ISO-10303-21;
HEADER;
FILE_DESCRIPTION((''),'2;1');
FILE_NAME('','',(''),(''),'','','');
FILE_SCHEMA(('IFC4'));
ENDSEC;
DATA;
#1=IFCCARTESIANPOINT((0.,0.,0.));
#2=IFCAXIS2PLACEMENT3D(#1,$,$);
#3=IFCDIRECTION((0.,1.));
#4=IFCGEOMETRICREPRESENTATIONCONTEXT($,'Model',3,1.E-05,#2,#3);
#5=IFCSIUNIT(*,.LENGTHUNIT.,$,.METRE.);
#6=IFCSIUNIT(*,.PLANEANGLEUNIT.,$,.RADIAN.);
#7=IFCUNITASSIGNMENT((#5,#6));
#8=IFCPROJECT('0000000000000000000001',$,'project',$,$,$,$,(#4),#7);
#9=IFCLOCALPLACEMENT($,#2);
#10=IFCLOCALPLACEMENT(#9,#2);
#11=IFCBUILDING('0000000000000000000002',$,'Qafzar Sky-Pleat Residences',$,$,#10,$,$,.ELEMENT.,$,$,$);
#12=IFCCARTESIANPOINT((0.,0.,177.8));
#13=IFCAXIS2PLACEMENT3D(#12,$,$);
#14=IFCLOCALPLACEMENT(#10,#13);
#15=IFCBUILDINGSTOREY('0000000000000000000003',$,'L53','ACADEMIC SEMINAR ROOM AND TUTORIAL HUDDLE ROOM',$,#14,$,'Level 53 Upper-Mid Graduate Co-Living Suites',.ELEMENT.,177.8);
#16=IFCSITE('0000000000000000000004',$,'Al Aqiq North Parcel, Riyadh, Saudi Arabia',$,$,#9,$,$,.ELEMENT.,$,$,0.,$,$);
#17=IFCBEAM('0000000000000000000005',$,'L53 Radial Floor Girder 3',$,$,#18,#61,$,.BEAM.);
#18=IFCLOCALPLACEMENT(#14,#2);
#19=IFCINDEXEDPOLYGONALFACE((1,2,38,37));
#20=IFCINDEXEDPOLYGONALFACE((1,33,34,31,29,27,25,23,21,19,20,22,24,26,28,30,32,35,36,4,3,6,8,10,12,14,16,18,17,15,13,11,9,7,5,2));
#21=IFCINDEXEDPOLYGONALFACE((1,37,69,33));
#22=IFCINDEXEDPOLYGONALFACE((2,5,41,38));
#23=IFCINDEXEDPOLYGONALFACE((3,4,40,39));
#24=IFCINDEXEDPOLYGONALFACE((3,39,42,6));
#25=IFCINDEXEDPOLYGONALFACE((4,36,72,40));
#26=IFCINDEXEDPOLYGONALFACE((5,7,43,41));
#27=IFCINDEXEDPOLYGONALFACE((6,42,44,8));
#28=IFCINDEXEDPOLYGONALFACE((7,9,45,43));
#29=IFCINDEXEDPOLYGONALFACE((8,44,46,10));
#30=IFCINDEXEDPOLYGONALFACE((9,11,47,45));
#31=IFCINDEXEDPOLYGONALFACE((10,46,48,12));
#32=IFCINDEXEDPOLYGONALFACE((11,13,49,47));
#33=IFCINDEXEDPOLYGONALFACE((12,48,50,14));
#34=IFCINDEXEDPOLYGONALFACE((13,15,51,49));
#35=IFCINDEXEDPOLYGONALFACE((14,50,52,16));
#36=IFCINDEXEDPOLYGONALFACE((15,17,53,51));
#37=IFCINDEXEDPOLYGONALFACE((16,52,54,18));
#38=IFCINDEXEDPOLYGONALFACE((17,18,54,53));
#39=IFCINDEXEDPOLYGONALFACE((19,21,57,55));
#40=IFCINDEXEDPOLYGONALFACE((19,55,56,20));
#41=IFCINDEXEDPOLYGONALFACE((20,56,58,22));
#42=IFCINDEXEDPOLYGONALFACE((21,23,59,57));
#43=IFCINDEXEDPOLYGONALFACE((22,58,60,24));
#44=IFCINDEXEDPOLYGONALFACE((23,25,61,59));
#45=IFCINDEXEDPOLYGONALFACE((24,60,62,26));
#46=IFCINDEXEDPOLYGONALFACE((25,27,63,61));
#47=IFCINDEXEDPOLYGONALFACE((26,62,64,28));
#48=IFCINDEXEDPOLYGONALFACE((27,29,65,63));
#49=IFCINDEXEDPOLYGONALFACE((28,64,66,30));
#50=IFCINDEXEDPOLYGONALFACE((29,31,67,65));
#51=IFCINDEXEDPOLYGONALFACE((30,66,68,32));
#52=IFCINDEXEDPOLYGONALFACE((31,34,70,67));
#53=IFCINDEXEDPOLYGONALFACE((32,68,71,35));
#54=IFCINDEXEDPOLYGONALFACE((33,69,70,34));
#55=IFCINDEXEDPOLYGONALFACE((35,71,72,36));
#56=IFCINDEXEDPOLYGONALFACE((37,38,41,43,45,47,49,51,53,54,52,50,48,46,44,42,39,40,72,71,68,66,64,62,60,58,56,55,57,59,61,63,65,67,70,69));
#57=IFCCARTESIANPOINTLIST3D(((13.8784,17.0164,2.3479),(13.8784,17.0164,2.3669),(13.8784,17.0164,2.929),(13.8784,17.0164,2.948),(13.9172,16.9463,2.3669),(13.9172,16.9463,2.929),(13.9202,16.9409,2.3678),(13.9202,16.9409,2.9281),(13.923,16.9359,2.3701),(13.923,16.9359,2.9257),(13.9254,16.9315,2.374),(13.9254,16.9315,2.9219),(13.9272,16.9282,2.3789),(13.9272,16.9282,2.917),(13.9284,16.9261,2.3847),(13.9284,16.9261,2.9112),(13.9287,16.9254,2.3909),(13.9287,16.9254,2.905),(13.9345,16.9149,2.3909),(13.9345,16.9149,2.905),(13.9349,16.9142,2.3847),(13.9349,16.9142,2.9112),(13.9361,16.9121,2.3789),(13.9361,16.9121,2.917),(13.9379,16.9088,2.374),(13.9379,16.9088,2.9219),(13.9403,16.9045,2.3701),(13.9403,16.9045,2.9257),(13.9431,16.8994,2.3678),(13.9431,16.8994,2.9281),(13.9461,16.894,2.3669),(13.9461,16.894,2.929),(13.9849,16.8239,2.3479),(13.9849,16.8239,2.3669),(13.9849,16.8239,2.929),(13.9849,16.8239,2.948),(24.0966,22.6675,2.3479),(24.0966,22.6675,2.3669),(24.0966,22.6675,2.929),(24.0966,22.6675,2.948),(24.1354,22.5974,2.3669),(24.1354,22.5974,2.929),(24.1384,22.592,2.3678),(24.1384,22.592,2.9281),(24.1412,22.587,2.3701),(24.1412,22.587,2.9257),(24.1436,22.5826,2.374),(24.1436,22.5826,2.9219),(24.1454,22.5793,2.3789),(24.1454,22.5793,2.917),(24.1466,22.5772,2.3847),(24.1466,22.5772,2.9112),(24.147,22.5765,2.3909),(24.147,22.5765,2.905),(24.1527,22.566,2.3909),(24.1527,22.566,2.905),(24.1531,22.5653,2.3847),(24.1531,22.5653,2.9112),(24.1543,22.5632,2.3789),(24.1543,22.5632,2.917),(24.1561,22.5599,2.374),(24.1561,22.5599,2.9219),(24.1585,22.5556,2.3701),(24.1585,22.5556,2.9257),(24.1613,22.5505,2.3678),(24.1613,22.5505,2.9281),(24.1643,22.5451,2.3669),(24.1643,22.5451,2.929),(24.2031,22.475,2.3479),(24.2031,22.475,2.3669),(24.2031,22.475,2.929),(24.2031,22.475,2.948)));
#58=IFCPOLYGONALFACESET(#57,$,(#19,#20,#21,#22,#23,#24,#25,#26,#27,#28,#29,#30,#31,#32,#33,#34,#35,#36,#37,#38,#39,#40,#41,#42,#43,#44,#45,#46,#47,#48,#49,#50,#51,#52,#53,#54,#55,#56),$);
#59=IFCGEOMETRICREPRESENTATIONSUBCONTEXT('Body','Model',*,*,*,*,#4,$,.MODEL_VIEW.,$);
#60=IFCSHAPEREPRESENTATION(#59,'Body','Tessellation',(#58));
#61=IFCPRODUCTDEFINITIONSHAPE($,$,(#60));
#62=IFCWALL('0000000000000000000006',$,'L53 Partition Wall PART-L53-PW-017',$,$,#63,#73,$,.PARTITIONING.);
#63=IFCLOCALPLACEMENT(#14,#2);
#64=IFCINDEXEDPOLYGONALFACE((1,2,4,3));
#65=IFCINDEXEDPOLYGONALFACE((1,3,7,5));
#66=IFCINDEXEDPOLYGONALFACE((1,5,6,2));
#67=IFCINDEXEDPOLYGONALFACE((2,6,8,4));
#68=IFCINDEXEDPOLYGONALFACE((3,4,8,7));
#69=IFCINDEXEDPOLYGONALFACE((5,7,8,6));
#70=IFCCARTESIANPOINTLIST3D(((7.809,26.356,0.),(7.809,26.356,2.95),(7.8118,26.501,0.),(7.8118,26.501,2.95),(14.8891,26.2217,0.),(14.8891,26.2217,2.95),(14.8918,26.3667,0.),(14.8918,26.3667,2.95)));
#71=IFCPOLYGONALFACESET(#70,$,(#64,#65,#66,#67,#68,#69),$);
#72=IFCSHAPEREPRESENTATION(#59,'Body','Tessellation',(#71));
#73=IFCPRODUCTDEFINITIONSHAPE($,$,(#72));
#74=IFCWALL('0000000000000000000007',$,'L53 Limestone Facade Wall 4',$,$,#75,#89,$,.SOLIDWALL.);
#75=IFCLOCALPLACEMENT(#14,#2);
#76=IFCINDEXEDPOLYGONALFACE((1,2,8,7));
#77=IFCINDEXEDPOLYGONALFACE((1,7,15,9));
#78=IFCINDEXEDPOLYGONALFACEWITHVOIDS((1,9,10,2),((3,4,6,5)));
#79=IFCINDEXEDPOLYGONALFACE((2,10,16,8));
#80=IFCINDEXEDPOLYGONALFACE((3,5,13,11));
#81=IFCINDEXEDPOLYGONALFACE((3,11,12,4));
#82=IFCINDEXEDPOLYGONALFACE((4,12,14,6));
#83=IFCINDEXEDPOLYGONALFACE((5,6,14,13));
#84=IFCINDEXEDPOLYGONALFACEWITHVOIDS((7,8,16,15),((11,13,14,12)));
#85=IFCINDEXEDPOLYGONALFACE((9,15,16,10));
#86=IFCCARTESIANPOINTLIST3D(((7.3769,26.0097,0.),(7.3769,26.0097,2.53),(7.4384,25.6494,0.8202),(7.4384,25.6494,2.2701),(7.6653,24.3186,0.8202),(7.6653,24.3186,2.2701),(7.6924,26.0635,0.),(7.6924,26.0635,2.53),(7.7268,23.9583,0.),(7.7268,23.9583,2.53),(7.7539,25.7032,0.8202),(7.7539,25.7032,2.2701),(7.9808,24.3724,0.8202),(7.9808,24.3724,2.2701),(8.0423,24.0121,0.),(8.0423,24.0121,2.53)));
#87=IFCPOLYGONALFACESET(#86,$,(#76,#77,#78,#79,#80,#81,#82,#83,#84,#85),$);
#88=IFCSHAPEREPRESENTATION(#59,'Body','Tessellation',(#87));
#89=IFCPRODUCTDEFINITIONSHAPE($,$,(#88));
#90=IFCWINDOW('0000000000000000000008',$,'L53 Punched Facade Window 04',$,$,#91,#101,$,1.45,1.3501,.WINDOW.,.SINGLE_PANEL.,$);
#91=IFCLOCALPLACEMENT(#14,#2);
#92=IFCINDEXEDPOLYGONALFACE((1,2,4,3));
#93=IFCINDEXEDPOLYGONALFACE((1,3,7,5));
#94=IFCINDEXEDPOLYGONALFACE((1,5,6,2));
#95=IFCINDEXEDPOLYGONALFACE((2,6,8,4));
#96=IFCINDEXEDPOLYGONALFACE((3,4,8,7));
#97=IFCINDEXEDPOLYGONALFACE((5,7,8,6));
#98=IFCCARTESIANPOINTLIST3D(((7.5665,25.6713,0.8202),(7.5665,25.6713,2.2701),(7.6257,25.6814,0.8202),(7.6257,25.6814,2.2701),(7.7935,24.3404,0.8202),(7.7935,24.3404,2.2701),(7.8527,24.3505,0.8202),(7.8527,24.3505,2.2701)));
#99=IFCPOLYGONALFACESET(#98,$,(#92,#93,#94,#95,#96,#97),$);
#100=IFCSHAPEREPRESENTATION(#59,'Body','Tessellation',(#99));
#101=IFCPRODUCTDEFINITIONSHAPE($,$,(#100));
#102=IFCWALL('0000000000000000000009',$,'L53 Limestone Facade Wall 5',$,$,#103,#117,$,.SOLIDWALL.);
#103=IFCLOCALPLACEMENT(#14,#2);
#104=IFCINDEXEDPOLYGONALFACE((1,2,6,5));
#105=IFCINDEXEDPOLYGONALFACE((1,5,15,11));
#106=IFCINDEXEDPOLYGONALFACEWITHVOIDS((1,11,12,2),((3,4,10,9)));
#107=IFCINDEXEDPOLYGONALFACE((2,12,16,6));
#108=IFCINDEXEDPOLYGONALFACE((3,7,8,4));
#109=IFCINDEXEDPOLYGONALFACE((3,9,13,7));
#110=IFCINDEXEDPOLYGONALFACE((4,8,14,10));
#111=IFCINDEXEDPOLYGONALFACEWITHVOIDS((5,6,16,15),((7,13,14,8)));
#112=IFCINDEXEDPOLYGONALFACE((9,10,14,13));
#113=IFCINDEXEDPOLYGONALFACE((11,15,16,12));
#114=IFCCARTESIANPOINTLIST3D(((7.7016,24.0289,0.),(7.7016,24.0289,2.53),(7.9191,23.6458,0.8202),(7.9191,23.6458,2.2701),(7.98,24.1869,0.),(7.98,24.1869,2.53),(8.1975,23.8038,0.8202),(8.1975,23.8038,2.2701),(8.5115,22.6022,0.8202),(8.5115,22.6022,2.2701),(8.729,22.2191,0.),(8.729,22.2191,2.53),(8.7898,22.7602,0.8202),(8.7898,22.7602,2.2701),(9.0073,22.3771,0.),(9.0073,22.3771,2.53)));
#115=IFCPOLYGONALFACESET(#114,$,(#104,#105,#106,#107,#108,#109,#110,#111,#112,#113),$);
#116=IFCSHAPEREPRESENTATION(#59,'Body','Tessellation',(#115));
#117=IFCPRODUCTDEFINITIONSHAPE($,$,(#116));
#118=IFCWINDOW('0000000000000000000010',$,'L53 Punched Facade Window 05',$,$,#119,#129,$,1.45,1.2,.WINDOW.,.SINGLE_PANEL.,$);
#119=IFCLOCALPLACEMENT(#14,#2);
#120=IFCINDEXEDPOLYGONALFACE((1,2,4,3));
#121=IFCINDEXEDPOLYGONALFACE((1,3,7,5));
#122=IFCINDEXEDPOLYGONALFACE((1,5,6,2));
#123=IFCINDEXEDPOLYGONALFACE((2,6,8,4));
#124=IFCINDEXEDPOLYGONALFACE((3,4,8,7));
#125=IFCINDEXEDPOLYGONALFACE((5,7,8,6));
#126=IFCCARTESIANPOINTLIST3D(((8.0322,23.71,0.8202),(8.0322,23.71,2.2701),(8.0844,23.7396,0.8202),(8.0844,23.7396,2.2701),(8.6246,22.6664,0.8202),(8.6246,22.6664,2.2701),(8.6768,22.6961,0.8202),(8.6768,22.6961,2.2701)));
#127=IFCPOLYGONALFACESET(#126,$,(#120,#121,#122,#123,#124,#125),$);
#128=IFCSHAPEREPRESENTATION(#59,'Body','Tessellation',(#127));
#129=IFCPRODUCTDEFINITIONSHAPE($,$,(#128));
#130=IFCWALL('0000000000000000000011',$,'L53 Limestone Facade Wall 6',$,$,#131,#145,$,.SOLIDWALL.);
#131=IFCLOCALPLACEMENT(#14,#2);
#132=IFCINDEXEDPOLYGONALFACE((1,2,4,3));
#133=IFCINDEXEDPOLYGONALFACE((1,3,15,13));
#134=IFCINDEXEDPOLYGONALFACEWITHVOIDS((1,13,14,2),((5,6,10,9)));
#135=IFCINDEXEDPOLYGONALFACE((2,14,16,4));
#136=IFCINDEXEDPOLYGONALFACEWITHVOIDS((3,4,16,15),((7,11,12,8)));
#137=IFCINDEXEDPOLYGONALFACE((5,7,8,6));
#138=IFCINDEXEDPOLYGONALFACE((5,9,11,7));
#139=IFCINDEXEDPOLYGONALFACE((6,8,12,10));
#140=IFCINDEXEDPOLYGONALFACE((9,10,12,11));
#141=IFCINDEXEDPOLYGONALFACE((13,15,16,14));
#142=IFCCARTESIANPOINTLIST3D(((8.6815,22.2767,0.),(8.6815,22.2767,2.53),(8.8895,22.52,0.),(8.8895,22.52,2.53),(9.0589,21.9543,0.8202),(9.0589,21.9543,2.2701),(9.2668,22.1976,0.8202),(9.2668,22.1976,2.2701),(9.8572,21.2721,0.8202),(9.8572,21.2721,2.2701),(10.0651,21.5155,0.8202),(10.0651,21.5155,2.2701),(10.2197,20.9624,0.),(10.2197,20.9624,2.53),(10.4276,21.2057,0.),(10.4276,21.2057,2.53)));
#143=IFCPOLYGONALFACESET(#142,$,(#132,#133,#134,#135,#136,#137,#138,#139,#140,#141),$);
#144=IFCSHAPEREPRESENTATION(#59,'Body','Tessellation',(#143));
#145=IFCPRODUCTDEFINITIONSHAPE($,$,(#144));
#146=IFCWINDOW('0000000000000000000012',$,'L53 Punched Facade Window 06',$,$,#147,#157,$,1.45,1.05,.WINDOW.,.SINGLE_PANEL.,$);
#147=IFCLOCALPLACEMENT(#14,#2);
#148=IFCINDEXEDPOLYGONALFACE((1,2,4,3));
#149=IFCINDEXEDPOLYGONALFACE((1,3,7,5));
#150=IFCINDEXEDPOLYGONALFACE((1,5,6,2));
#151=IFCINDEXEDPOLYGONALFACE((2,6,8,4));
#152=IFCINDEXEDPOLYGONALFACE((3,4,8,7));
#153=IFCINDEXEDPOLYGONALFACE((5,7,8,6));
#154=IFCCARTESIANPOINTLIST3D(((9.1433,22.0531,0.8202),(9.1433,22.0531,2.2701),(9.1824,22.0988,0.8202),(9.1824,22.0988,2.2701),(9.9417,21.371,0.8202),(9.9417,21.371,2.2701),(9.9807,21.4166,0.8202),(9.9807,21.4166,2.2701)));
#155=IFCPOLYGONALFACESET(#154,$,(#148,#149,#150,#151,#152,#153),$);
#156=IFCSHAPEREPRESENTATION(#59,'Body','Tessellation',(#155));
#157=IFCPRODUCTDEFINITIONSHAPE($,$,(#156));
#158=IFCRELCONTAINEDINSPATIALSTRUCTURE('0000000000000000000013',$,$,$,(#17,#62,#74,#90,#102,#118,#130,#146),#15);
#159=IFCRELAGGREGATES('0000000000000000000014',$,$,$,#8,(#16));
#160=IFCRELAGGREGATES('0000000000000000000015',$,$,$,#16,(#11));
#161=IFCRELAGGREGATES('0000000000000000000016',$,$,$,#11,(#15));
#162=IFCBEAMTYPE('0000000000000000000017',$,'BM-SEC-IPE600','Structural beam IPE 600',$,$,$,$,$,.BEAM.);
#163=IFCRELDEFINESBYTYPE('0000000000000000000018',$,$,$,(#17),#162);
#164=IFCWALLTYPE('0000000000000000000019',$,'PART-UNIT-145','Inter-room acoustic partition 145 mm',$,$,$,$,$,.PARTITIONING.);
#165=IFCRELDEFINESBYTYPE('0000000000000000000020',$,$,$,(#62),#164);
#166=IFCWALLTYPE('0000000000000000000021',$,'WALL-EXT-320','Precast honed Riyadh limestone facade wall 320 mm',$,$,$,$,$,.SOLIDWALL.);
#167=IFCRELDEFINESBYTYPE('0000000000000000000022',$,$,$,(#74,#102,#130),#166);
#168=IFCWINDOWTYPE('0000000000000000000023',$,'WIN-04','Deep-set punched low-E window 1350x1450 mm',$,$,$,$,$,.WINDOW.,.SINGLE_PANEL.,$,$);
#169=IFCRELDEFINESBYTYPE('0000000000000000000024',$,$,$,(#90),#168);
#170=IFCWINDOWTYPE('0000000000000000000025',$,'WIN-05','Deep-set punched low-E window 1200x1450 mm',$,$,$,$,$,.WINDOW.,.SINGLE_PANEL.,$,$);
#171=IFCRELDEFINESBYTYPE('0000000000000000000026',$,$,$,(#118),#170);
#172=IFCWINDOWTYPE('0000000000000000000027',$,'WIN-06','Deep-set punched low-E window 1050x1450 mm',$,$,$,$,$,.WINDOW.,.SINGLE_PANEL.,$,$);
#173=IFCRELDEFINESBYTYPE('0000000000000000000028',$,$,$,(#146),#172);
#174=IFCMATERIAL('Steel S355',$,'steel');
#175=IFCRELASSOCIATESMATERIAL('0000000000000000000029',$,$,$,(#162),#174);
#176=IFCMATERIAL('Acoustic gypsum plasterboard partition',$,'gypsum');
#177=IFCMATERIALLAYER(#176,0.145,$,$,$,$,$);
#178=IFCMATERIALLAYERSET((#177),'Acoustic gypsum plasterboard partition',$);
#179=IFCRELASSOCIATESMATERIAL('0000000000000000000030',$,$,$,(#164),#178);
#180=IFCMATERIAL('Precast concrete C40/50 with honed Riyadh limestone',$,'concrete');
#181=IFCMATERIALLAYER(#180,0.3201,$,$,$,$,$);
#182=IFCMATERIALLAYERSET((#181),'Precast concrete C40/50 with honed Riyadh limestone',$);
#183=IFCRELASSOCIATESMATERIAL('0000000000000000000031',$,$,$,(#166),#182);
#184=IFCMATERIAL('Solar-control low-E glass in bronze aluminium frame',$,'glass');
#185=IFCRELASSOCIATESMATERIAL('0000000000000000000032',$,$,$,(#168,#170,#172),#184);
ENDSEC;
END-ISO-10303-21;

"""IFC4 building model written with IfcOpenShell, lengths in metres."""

from ifc_helpers import new_model, si_unit, direction, frame, frame_2d, origin, origin_2d, place, context, subcontext, project, spatial, rectangle, i_section, extrude, source, transform, mapped, material, layer, layer_set, material_profile, profile_set, type_object, element, fill, save


model = new_model("IFC4")

# Units and contexts
model_context = context("Model", 3, precision=1e-05, world=origin(), true_north=direction((0.0, 1.0)))
body_context = subcontext(model_context, "Body", "Model", "MODEL_VIEW")
ifc_project = project(units=[si_unit("LENGTHUNIT", "METRE"), si_unit("PLANEANGLEUNIT", "RADIAN")], contexts=[model_context])

# Site, building, storey
site_placement = place(None, origin())
site = spatial("IfcSite", under=ifc_project, at=site_placement, Name="Al Aqiq North Parcel, Riyadh, Saudi Arabia", CompositionType="ELEMENT", RefElevation=0.0)
building_placement = place(site_placement, origin())
building = spatial("IfcBuilding", under=site, at=building_placement, Name="Qafzar Sky-Pleat Residences", CompositionType="ELEMENT")
storey_placement = place(building_placement, frame((0.0, 0.0, 177.8)))
storey = spatial("IfcBuildingStorey", under=building, at=storey_placement, Name="L53", Description="ACADEMIC SEMINAR ROOM AND TUTORIAL HUDDLE ROOM", LongName="Level 53 Upper-Mid Graduate Co-Living Suites", CompositionType="ELEMENT", Elevation=177.8)

# Shared definitions
ifc_material_1 = material(Name="Steel S355", Category="steel")

# Beam
ifc_material_profile_1 = material_profile(ifc_material_1, i_section(OverallWidth=0.22, OverallDepth=0.6001, WebThickness=0.012, FlangeThickness=0.019, FilletRadius=0.0239, at=origin_2d()), Name="IPE 600")
ifc_profile_set_1 = profile_set([ifc_material_profile_1], Name="Steel S355")
beam_type_1 = type_object("IfcBeamType", Name="BM-SEC-IPE600", Description="Structural beam IPE 600", PredefinedType="BEAM", material=ifc_profile_set_1)
shared_shape_1 = source(origin(), body_context, "Body", "SweptSolid", [
    extrude(i_section(OverallWidth=0.22, OverallDepth=0.6001, WebThickness=0.012, FlangeThickness=0.019, FilletRadius=0.0239, at=origin_2d()), origin(), (0.0, 0.0, 1.0), 11.6768),
])
beam_1_placement = place(storey_placement, frame((13.9316, 16.9202, 2.6479), z_axis=(0.87509, 0.483961, 0.0), x_axis=(-0.483961, 0.87509, 0.0)))
element("IfcBeam", 1, at=beam_1_placement, inside=storey, type_object=beam_type_1, Name="L53 Radial Floor Girder 3", PredefinedType="BEAM", context=body_context, shape_type="MappedRepresentation", body=[
    mapped(shared_shape_1, transform((0.0, 0.0, 0.0), x_axis=(1.0, 0.0, 0.0), y_axis=(0.0, 1.0, 0.0), z_axis=(0.0, 0.0, 1.0), scale=1.0)),
])

# Wall
ifc_material_2 = material(Name="Acoustic gypsum plasterboard partition", Category="gypsum")
ifc_layer_1 = layer(ifc_material_2, 0.145)
ifc_layer_set_1 = layer_set([ifc_layer_1], Name="Acoustic gypsum plasterboard partition")
wall_type_1 = type_object("IfcWallType", Name="PART-UNIT-145", Description="Inter-room acoustic partition 145 mm", PredefinedType="PARTITIONING", material=ifc_layer_set_1)
wall_1_placement = place(storey_placement, frame((7.8105, 26.4285, 0.0), z_axis=(0.0, 0.0, 1.0), x_axis=(0.99982, -0.018962, 0.0)))
element("IfcWall", 2, at=wall_1_placement, inside=storey, type_object=wall_type_1, Name="L53 Partition Wall PART-L53-PW-017", PredefinedType="PARTITIONING", context=body_context, shape_type="SweptSolid", body=[
    extrude(rectangle(XDim=7.0813, YDim=0.145, at=frame_2d((3.5405, 0.0))), origin(), (0.0, 0.0, 1.0), 2.95),
])

# Walls, openings, windows
ifc_material_3 = material(Name="Precast concrete C40/50 with honed Riyadh limestone", Category="concrete")
ifc_layer_2 = layer(ifc_material_3, 0.3201)
ifc_layer_set_2 = layer_set([ifc_layer_2], Name="Precast concrete C40/50 with honed Riyadh limestone")
wall_type_2 = type_object("IfcWallType", Name="WALL-EXT-320", Description="Precast honed Riyadh limestone facade wall 320 mm", PredefinedType="SOLIDWALL", material=ifc_layer_set_2)
wall_2_placement = place(storey_placement, frame((7.5347, 26.0366, 0.0), z_axis=(0.0, 0.0, 1.0), x_axis=(0.168107, -0.985769, 0.0)))
wall_2 = element("IfcWall", 3, at=wall_2_placement, inside=storey, type_object=wall_type_2, Name="L53 Limestone Facade Wall 4", PredefinedType="SOLIDWALL", context=body_context, shape_type="SweptSolid", body=[
    extrude(rectangle(XDim=2.0811, YDim=0.3201, at=frame_2d((1.0405, 0.0))), origin(), (0.0, 0.0, 1.0), 2.53),
])
opening_1_placement = place(wall_2_placement, frame((0.3655, 0.0, 0.8201)))
opening_1 = element("IfcOpeningElement", 4, at=opening_1_placement, cuts=wall_2, PredefinedType="OPENING", context=body_context, shape_type="SweptSolid", body=[
    extrude(rectangle(XDim=1.3501, YDim=1.45, at=frame_2d((0.675, 0.7251))), frame((0.0, 0.1699, 0.0), z_axis=(0.0, -1.0, 0.0), x_axis=(1.0, 0.0, 0.0)), (0.0, 0.0, 1.0), 0.3401),
])
ifc_material_4 = material(Name="Solar-control low-E glass in bronze aluminium frame", Category="glass")
window_type_1 = type_object("IfcWindowType", Name="WIN-04", Description="Deep-set punched low-E window 1350x1450 mm", PartitioningType="SINGLE_PANEL", PredefinedType="WINDOW", material=ifc_material_4)
shared_shape_2 = source(origin(), body_context, "Body", "SweptSolid", [
    extrude(rectangle(XDim=1.3501, YDim=1.45, at=frame_2d((0.675, 0.7251))), frame((0.0, 0.03, 0.0), z_axis=(0.0, -1.0, 0.0), x_axis=(1.0, 0.0, 0.0)), (0.0, 0.0, 1.0), 0.0601),
])
window_1_placement = place(opening_1_placement, origin())
window_1 = element("IfcWindow", 5, at=window_1_placement, inside=storey, type_object=window_type_1, Name="L53 Punched Facade Window 04", OverallHeight=1.45, OverallWidth=1.3501, PartitioningType="SINGLE_PANEL", PredefinedType="WINDOW", context=body_context, shape_type="MappedRepresentation", body=[
    mapped(shared_shape_2, transform((0.0, 0.0, 0.0), x_axis=(1.0, 0.0, 0.0), y_axis=(0.0, 1.0, 0.0), z_axis=(0.0, 0.0, 1.0), scale=1.0)),
])
fill(opening_1, window_1)
wall_3_placement = place(storey_placement, frame((7.8408, 24.1079, 0.0), z_axis=(0.0, 0.0, 1.0), x_axis=(0.493661, -0.869655, 0.0)))
wall_3 = element("IfcWall", 6, at=wall_3_placement, inside=storey, type_object=wall_type_2, Name="L53 Limestone Facade Wall 5", PredefinedType="SOLIDWALL", context=body_context, shape_type="SweptSolid", body=[
    extrude(rectangle(XDim=2.0811, YDim=0.3201, at=frame_2d((1.0405, 0.0))), origin(), (0.0, 0.0, 1.0), 2.53),
])
opening_2_placement = place(wall_3_placement, frame((0.4404, 0.0, 0.8201)))
opening_2 = element("IfcOpeningElement", 7, at=opening_2_placement, cuts=wall_3, PredefinedType="OPENING", context=body_context, shape_type="SweptSolid", body=[
    extrude(rectangle(XDim=1.2, YDim=1.45, at=frame_2d((0.6001, 0.7251))), frame((0.0, 0.1699, 0.0), z_axis=(0.0, -1.0, 0.0), x_axis=(1.0, 0.0, 0.0)), (0.0, 0.0, 1.0), 0.3401),
])
window_type_2 = type_object("IfcWindowType", Name="WIN-05", Description="Deep-set punched low-E window 1200x1450 mm", PartitioningType="SINGLE_PANEL", PredefinedType="WINDOW", material=ifc_material_4)
shared_shape_3 = source(origin(), body_context, "Body", "SweptSolid", [
    extrude(rectangle(XDim=1.2, YDim=1.45, at=frame_2d((0.6001, 0.7251))), frame((0.0, 0.03, 0.0), z_axis=(0.0, -1.0, 0.0), x_axis=(1.0, 0.0, 0.0)), (0.0, 0.0, 1.0), 0.0601),
])
window_2_placement = place(opening_2_placement, origin())
window_2 = element("IfcWindow", 8, at=window_2_placement, inside=storey, type_object=window_type_2, Name="L53 Punched Facade Window 05", OverallHeight=1.45, OverallWidth=1.2, PartitioningType="SINGLE_PANEL", PredefinedType="WINDOW", context=body_context, shape_type="MappedRepresentation", body=[
    mapped(shared_shape_3, transform((0.0, 0.0, 0.0), x_axis=(1.0, 0.0, 0.0), y_axis=(0.0, 1.0, 0.0), z_axis=(0.0, 0.0, 1.0), scale=1.0)),
])
fill(opening_2, window_2)
wall_4_placement = place(storey_placement, frame((8.7854, 22.3984, 0.0), z_axis=(0.0, 0.0, 1.0), x_axis=(0.760269, -0.649608, 0.0)))
wall_4 = element("IfcWall", 9, at=wall_4_placement, inside=storey, type_object=wall_type_2, Name="L53 Limestone Facade Wall 6", PredefinedType="SOLIDWALL", context=body_context, shape_type="SweptSolid", body=[
    extrude(rectangle(XDim=2.0232, YDim=0.3201, at=frame_2d((1.0117, 0.0))), origin(), (0.0, 0.0, 1.0), 2.53),
])
opening_3_placement = place(wall_4_placement, frame((0.4966, 0.0, 0.8201)))
opening_3 = element("IfcOpeningElement", 10, at=opening_3_placement, cuts=wall_4, PredefinedType="OPENING", context=body_context, shape_type="SweptSolid", body=[
    extrude(rectangle(XDim=1.05, YDim=1.45, at=frame_2d((0.5249, 0.7251))), frame((0.0, 0.1699, 0.0), z_axis=(0.0, -1.0, 0.0), x_axis=(1.0, 0.0, 0.0)), (0.0, 0.0, 1.0), 0.3401),
])
window_type_3 = type_object("IfcWindowType", Name="WIN-06", Description="Deep-set punched low-E window 1050x1450 mm", PartitioningType="SINGLE_PANEL", PredefinedType="WINDOW", material=ifc_material_4)
shared_shape_4 = source(origin(), body_context, "Body", "SweptSolid", [
    extrude(rectangle(XDim=1.05, YDim=1.45, at=frame_2d((0.5249, 0.7251))), frame((0.0, 0.03, 0.0), z_axis=(0.0, -1.0, 0.0), x_axis=(1.0, 0.0, 0.0)), (0.0, 0.0, 1.0), 0.0601),
])
window_3_placement = place(opening_3_placement, origin())
window_3 = element("IfcWindow", 11, at=window_3_placement, inside=storey, type_object=window_type_3, Name="L53 Punched Facade Window 06", OverallHeight=1.45, OverallWidth=1.05, PartitioningType="SINGLE_PANEL", PredefinedType="WINDOW", context=body_context, shape_type="MappedRepresentation", body=[
    mapped(shared_shape_4, transform((0.0, 0.0, 0.0), x_axis=(1.0, 0.0, 0.0), y_axis=(0.0, 1.0, 0.0), z_axis=(0.0, 0.0, 1.0), scale=1.0)),
])
fill(opening_3, window_3)

save(model, "model.ifc")
